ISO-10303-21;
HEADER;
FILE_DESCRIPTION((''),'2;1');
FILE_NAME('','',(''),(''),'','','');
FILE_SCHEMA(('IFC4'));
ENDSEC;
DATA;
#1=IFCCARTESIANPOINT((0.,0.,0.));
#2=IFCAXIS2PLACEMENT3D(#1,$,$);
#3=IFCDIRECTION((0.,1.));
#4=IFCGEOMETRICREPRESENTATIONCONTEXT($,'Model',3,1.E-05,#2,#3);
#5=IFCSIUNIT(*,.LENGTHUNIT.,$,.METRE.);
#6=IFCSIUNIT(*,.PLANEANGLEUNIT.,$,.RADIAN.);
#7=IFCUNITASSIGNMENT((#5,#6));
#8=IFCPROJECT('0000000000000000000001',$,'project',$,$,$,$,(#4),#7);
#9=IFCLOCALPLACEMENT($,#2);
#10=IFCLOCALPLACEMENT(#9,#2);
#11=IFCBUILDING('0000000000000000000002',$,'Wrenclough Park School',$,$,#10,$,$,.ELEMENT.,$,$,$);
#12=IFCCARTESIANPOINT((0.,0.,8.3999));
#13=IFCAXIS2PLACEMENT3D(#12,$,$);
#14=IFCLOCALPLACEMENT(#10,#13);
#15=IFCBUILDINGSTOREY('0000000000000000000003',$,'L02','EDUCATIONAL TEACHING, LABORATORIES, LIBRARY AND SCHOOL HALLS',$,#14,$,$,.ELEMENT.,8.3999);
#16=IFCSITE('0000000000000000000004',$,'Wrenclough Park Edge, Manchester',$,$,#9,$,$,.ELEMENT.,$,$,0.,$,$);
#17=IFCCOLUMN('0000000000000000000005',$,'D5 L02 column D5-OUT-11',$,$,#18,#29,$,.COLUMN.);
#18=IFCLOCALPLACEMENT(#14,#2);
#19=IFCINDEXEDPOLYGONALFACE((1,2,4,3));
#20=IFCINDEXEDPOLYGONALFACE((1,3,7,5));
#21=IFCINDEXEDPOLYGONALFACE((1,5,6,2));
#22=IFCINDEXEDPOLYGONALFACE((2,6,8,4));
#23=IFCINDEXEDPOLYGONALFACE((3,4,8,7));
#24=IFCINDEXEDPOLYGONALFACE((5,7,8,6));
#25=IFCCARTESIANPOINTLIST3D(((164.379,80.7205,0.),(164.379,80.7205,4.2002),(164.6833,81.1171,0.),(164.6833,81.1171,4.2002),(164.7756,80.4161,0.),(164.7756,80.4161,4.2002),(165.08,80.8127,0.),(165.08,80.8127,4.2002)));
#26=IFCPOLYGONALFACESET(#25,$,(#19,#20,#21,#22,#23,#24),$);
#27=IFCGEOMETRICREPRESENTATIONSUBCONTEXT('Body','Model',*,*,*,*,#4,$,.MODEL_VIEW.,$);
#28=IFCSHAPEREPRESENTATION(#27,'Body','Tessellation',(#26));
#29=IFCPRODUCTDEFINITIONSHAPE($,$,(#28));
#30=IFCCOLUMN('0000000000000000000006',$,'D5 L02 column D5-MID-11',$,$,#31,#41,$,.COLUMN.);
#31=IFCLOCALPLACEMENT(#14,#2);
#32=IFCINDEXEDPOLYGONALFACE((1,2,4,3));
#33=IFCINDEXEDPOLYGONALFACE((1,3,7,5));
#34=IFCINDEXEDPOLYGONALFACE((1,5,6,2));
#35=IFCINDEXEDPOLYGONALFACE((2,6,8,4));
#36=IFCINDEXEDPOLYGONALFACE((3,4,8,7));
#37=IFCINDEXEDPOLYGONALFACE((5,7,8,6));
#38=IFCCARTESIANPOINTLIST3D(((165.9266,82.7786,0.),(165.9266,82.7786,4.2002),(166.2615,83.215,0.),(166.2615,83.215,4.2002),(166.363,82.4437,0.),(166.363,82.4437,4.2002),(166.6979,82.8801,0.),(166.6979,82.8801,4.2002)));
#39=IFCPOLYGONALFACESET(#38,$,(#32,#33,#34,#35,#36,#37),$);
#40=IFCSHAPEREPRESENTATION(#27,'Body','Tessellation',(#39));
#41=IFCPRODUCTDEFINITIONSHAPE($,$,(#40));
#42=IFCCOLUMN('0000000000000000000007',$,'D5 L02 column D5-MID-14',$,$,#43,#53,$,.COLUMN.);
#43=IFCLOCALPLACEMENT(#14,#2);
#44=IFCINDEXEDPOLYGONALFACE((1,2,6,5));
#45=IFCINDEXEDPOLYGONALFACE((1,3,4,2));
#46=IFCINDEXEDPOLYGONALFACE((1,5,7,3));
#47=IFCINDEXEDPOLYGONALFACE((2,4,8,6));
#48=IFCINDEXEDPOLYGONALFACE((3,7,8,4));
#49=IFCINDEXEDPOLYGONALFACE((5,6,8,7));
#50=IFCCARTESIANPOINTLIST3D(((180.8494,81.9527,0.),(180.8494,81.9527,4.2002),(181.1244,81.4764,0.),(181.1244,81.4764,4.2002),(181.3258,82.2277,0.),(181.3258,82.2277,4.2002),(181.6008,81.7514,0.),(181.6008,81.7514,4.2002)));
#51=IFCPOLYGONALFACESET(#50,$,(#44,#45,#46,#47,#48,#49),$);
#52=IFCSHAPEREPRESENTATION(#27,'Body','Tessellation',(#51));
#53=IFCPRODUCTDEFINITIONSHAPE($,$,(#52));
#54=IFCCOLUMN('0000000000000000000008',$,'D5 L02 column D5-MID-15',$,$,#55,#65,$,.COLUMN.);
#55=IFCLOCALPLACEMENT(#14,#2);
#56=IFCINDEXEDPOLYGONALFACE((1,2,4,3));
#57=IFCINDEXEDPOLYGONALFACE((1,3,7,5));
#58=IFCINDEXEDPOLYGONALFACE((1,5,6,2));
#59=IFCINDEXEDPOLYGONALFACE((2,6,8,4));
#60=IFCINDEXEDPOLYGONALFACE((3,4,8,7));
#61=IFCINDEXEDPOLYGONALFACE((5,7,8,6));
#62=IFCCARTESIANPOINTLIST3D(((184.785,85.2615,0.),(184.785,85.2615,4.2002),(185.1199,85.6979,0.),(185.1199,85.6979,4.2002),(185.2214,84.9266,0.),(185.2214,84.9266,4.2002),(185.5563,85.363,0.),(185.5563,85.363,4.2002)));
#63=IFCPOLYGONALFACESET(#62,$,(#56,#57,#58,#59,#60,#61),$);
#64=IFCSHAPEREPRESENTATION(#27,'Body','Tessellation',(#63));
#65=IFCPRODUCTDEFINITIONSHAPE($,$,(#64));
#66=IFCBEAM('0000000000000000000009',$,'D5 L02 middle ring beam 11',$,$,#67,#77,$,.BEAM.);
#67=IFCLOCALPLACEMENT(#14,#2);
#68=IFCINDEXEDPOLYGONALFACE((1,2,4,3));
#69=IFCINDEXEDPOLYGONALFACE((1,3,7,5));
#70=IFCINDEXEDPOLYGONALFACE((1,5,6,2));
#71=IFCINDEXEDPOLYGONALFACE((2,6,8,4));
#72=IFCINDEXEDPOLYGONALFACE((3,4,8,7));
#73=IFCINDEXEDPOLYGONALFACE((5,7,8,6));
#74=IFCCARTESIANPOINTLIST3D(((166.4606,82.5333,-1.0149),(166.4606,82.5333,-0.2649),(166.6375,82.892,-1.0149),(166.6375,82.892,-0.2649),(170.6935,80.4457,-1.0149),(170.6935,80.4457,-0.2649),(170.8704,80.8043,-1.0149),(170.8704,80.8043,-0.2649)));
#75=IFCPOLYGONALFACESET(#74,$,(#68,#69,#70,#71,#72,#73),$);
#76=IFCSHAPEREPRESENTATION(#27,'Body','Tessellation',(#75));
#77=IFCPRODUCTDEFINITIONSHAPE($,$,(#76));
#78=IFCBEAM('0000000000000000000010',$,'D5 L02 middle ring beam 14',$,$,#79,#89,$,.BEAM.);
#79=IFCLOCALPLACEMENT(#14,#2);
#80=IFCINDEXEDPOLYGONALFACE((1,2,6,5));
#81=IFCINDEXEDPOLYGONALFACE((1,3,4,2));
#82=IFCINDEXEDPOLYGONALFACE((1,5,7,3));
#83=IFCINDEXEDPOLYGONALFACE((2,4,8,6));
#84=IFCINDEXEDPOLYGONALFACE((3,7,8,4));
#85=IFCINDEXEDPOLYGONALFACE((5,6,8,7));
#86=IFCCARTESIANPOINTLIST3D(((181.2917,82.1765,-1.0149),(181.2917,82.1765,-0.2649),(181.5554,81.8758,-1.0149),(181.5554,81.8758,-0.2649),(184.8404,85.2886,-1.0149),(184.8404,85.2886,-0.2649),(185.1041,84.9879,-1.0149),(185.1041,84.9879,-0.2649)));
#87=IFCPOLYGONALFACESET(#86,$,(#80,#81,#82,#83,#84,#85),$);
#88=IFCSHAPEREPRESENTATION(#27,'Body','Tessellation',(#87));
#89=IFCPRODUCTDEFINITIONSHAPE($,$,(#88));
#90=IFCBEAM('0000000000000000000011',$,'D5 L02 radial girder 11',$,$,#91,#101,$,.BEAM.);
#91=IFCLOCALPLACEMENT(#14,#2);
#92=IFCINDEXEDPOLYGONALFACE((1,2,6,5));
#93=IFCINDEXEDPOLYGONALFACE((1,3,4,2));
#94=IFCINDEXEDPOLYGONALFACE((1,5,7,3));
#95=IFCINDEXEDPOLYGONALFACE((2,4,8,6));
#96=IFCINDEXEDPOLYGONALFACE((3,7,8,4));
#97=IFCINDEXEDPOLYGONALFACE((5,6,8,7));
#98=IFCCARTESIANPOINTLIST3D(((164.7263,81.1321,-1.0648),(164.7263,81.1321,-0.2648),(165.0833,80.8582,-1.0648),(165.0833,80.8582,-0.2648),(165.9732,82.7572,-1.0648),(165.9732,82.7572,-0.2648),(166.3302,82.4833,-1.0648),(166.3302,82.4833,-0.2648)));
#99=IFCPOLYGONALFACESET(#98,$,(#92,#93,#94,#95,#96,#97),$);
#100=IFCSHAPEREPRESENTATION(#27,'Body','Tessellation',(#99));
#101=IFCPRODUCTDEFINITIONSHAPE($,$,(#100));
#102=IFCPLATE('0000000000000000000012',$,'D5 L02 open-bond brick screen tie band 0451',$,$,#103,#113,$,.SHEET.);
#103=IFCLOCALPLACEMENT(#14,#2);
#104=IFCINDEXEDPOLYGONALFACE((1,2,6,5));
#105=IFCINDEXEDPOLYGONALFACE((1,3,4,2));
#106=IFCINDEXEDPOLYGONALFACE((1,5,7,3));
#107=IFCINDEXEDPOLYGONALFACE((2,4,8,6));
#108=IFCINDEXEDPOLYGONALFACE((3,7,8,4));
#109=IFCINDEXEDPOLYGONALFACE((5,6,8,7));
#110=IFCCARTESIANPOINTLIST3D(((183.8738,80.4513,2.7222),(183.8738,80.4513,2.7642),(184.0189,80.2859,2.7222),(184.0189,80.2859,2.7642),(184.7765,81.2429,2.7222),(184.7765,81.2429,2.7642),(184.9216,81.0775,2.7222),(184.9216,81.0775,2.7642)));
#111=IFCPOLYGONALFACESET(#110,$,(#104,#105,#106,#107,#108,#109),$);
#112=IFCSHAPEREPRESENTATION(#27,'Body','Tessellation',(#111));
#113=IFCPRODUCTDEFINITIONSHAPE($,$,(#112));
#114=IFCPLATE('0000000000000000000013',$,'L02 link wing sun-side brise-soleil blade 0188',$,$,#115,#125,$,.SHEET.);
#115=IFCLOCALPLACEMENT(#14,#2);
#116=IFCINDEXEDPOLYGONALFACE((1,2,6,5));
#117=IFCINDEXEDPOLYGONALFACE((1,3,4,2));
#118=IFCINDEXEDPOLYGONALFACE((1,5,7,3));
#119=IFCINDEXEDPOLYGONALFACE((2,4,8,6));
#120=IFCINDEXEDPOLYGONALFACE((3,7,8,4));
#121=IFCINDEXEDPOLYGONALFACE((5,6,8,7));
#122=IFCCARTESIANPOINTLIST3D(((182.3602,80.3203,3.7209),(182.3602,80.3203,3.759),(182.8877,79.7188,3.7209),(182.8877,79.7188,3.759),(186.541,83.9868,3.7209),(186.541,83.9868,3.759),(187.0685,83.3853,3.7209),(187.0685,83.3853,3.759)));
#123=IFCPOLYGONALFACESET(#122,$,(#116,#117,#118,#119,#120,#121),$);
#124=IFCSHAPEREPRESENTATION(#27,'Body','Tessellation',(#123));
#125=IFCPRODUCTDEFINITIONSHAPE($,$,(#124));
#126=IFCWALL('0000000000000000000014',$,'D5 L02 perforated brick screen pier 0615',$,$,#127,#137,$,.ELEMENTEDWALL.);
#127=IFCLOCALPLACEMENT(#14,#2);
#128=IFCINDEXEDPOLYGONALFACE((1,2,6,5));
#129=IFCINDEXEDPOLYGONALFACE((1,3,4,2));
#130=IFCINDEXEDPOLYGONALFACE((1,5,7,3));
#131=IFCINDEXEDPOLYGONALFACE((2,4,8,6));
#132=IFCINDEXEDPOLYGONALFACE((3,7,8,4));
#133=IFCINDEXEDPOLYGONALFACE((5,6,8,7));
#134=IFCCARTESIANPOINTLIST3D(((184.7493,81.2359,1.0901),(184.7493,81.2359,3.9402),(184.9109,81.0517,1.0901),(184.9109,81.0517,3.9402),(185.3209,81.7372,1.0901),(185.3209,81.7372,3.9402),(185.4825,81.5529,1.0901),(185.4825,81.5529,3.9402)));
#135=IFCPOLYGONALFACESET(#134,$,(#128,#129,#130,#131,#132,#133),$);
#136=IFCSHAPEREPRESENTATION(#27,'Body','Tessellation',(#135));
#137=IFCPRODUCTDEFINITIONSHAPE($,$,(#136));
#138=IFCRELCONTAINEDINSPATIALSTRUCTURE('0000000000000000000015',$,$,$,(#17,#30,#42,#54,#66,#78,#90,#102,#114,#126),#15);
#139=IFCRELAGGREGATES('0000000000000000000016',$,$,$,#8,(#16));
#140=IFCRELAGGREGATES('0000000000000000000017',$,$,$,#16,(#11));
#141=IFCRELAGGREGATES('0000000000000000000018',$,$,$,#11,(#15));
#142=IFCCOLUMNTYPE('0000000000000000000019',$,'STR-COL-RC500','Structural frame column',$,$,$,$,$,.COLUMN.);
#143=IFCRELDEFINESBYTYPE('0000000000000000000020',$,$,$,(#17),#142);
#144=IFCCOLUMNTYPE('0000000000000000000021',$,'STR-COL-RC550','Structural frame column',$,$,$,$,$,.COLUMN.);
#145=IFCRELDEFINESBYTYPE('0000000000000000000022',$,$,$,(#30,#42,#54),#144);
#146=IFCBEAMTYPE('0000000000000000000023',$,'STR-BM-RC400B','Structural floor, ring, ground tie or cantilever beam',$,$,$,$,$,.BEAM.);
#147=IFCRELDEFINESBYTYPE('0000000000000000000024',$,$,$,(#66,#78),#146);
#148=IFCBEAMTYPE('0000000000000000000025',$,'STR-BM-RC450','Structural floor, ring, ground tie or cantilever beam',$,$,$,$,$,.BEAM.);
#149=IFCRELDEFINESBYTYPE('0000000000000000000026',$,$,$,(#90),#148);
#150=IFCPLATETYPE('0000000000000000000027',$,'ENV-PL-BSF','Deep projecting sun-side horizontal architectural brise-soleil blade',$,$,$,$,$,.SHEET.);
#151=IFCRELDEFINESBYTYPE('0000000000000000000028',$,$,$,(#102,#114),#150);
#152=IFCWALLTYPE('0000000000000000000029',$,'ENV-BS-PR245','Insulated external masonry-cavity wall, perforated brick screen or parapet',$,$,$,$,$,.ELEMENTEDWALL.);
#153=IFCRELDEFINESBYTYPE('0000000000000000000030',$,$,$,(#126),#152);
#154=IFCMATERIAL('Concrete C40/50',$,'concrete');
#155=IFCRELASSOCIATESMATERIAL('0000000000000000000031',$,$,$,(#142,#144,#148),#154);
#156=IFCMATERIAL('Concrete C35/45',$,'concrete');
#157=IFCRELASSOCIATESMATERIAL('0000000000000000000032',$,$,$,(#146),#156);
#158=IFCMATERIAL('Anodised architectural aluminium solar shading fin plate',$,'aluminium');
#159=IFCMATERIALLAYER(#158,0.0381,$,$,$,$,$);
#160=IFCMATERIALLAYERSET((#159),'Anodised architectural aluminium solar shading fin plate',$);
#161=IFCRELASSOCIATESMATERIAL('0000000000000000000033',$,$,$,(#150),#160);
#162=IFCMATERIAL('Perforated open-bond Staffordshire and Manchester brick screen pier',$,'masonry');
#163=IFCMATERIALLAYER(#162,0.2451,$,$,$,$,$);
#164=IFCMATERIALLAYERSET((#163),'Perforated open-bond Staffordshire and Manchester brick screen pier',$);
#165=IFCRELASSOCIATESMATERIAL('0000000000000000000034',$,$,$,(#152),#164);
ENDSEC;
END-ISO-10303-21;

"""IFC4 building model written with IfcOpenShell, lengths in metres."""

from ifc_helpers import new_model, si_unit, direction, frame, frame_2d, origin, origin_2d, place, context, subcontext, project, spatial, rectangle, extrude, material, layer, layer_set, material_profile, profile_set, type_object, element, save


model = new_model("IFC4")

# Units and contexts
model_context = context("Model", 3, precision=1e-05, world=origin(), true_north=direction((0.0, 1.0)))
body_context = subcontext(model_context, "Body", "Model", "MODEL_VIEW")
ifc_project = project(units=[si_unit("LENGTHUNIT", "METRE"), si_unit("PLANEANGLEUNIT", "RADIAN")], contexts=[model_context])

# Site, building, storey
site_placement = place(None, origin())
site = spatial("IfcSite", under=ifc_project, at=site_placement, Name="Wrenclough Park Edge, Manchester", CompositionType="ELEMENT", RefElevation=0.0)
building_placement = place(site_placement, origin())
building = spatial("IfcBuilding", under=site, at=building_placement, Name="Wrenclough Park School", CompositionType="ELEMENT")
storey_placement = place(building_placement, frame((0.0, 0.0, 8.3999)))
storey = spatial("IfcBuildingStorey", under=building, at=storey_placement, Name="L02", Description="EDUCATIONAL TEACHING, LABORATORIES, LIBRARY AND SCHOOL HALLS", CompositionType="ELEMENT", Elevation=8.3999)

# Columns
ifc_material_1 = material(Name="Concrete C40/50", Category="concrete")
ifc_material_profile_1 = material_profile(ifc_material_1, rectangle(XDim=0.5, YDim=0.5, at=origin_2d()), Name="RC COL 500x500")
ifc_profile_set_1 = profile_set([ifc_material_profile_1], Name="Concrete C40/50")
column_type_1 = type_object("IfcColumnType", Name="STR-COL-RC500", Description="Structural frame column", PredefinedType="COLUMN", material=ifc_profile_set_1)
column_placement = place(storey_placement, frame((164.7295, 80.7666, 0.0), z_axis=(0.0, 0.0, 1.0), x_axis=(0.793353, -0.608761, 0.0)))
element("IfcColumn", 1, at=column_placement, inside=storey, type_object=column_type_1, Name="D5 L02 column D5-OUT-11", PredefinedType="COLUMN", context=body_context, shape_type="SweptSolid", body=[
    extrude(rectangle(XDim=0.5, YDim=0.5, at=origin_2d()), origin(), (0.0, 0.0, 1.0), 4.2002),
])
ifc_material_profile_2 = material_profile(ifc_material_1, rectangle(XDim=0.55, YDim=0.55, at=origin_2d()), Name="RC COL 550x550")
ifc_profile_set_2 = profile_set([ifc_material_profile_2], Name="Concrete C40/50")
column_type_2 = type_object("IfcColumnType", Name="STR-COL-RC550", Description="Structural frame column", PredefinedType="COLUMN", material=ifc_profile_set_2)
for number, where, z_axis, x_axis, name in (
    (2, (166.3123, 82.8293, 0.0), (0.0, 0.0, 1.0), (0.793353, -0.608761, 0.0), "D5 L02 column D5-MID-11"),
    (3, (181.2251, 81.8521, 0.0), (0.0, 0.0, 1.0), (0.866025, 0.5, 0.0), "D5 L02 column D5-MID-14"),
    (4, (185.1707, 85.3123, 0.0), (0.0, 0.0, 1.0), (0.608761, 0.793353, 0.0), "D5 L02 column D5-MID-15"),
):
    element("IfcColumn", number, at=place(storey_placement, frame(where, z_axis=z_axis, x_axis=x_axis)), inside=storey, type_object=column_type_2, Name=name, PredefinedType="COLUMN", context=body_context, shape_type="SweptSolid", body=[
        extrude(rectangle(XDim=0.55, YDim=0.55, at=origin_2d()), origin(), (0.0, 0.0, 1.0), 4.2002),
    ])

# Beams
ifc_material_2 = material(Name="Concrete C35/45", Category="concrete")
ifc_material_profile_3 = material_profile(ifc_material_2, rectangle(XDim=0.3999, YDim=0.75, at=origin_2d()), Name="RC BEAM 400x750")
ifc_profile_set_3 = profile_set([ifc_material_profile_3], Name="Concrete C35/45")
beam_type_1 = type_object("IfcBeamType", Name="STR-BM-RC400B", Description="Structural floor, ring, ground tie or cantilever beam", PredefinedType="BEAM", material=ifc_profile_set_3)
beam_1_placement = place(storey_placement, frame((166.5491, 82.7126, -0.6399), z_axis=(0.896855, -0.442324, 0.0), x_axis=(0.442324, 0.896855, 0.0)))
element("IfcBeam", 5, at=beam_1_placement, inside=storey, type_object=beam_type_1, Name="D5 L02 middle ring beam 11", PredefinedType="BEAM", context=body_context, shape_type="SweptSolid", body=[
    extrude(rectangle(XDim=0.3999, YDim=0.75, at=origin_2d()), origin(), (0.0, 0.0, 1.0), 4.7197),
])
beam_2_placement = place(storey_placement, frame((181.4236, 82.0261, -0.6399), z_axis=(0.751836, 0.65935, 0.0), x_axis=(-0.65935, 0.751836, 0.0)))
element("IfcBeam", 6, at=beam_2_placement, inside=storey, type_object=beam_type_1, Name="D5 L02 middle ring beam 14", PredefinedType="BEAM", context=body_context, shape_type="SweptSolid", body=[
    extrude(rectangle(XDim=0.3999, YDim=0.75, at=origin_2d()), origin(), (0.0, 0.0, 1.0), 4.72),
])
ifc_material_profile_4 = material_profile(ifc_material_1, rectangle(XDim=0.45, YDim=0.8, at=origin_2d()), Name="RC BEAM 450x800")
ifc_profile_set_4 = profile_set([ifc_material_profile_4], Name="Concrete C40/50")
beam_type_2 = type_object("IfcBeamType", Name="STR-BM-RC450", Description="Structural floor, ring, ground tie or cantilever beam", PredefinedType="BEAM", material=ifc_profile_set_4)
beam_3_placement = place(storey_placement, frame((164.9048, 80.9951, -0.6648), z_axis=(0.608737, 0.793372, 0.0), x_axis=(-0.793372, 0.608737, 0.0)))
element("IfcBeam", 7, at=beam_3_placement, inside=storey, type_object=beam_type_2, Name="D5 L02 radial girder 11", PredefinedType="BEAM", context=body_context, shape_type="SweptSolid", body=[
    extrude(rectangle(XDim=0.45, YDim=0.8, at=origin_2d()), origin(), (0.0, 0.0, 1.0), 2.0483),
])

# Plates
ifc_material_3 = material(Name="Anodised architectural aluminium solar shading fin plate", Category="aluminium")
ifc_layer_1 = layer(ifc_material_3, 0.0381)
ifc_layer_set_1 = layer_set([ifc_layer_1], Name="Anodised architectural aluminium solar shading fin plate")
plate_type = type_object("IfcPlateType", Name="ENV-PL-BSF", Description="Deep projecting sun-side horizontal architectural brise-soleil blade", PredefinedType="SHEET", material=ifc_layer_set_1)
plate_1_placement = place(storey_placement, frame((184.3977, 80.7644, 2.7222), z_axis=(0.0, 0.0, 1.0), x_axis=(0.751841, 0.659344, 0.0)))
element("IfcPlate", 8, at=plate_1_placement, inside=storey, type_object=plate_type, Name="D5 L02 open-bond brick screen tie band 0451", PredefinedType="SHEET", context=body_context, shape_type="SweptSolid", body=[
    extrude(rectangle(XDim=1.2007, YDim=0.22, at=origin_2d()), origin(), (0.0, 0.0, 1.0), 0.042),
])
plate_2_placement = place(storey_placement, frame((184.7144, 81.8528, 3.7209), z_axis=(0.0, 0.0, 1.0), x_axis=(-0.751828, -0.659359, 0.0)))
element("IfcPlate", 9, at=plate_2_placement, inside=storey, type_object=plate_type, Name="L02 link wing sun-side brise-soleil blade 0188", PredefinedType="SHEET", context=body_context, shape_type="SweptSolid", body=[
    extrude(rectangle(XDim=5.5608, YDim=0.8, at=origin_2d()), origin(), (0.0, 0.0, 1.0), 0.0381),
])

# Wall
ifc_material_4 = material(Name="Perforated open-bond Staffordshire and Manchester brick screen pier", Category="masonry")
ifc_layer_2 = layer(ifc_material_4, 0.2451)
ifc_layer_set_2 = layer_set([ifc_layer_2], Name="Perforated open-bond Staffordshire and Manchester brick screen pier")
wall_type_1 = type_object("IfcWallType", Name="ENV-BS-PR245", Description="Insulated external masonry-cavity wall, perforated brick screen or parapet", PredefinedType="ELEMENTEDWALL", material=ifc_layer_set_2)
wall_1_placement = place(storey_placement, frame((184.8301, 81.1438, 1.0901), z_axis=(0.0, 0.0, 1.0), x_axis=(0.75184, 0.659345, 0.0)))
element("IfcWall", 10, at=wall_1_placement, inside=storey, type_object=wall_type_1, Name="D5 L02 perforated brick screen pier 0615", PredefinedType="ELEMENTEDWALL", context=body_context, shape_type="SweptSolid", body=[
    extrude(rectangle(XDim=0.7603, YDim=0.2451, at=frame_2d((0.3801, 0.0))), origin(), (0.0, 0.0, 1.0), 2.8501),
])

save(model, "model.ifc")
